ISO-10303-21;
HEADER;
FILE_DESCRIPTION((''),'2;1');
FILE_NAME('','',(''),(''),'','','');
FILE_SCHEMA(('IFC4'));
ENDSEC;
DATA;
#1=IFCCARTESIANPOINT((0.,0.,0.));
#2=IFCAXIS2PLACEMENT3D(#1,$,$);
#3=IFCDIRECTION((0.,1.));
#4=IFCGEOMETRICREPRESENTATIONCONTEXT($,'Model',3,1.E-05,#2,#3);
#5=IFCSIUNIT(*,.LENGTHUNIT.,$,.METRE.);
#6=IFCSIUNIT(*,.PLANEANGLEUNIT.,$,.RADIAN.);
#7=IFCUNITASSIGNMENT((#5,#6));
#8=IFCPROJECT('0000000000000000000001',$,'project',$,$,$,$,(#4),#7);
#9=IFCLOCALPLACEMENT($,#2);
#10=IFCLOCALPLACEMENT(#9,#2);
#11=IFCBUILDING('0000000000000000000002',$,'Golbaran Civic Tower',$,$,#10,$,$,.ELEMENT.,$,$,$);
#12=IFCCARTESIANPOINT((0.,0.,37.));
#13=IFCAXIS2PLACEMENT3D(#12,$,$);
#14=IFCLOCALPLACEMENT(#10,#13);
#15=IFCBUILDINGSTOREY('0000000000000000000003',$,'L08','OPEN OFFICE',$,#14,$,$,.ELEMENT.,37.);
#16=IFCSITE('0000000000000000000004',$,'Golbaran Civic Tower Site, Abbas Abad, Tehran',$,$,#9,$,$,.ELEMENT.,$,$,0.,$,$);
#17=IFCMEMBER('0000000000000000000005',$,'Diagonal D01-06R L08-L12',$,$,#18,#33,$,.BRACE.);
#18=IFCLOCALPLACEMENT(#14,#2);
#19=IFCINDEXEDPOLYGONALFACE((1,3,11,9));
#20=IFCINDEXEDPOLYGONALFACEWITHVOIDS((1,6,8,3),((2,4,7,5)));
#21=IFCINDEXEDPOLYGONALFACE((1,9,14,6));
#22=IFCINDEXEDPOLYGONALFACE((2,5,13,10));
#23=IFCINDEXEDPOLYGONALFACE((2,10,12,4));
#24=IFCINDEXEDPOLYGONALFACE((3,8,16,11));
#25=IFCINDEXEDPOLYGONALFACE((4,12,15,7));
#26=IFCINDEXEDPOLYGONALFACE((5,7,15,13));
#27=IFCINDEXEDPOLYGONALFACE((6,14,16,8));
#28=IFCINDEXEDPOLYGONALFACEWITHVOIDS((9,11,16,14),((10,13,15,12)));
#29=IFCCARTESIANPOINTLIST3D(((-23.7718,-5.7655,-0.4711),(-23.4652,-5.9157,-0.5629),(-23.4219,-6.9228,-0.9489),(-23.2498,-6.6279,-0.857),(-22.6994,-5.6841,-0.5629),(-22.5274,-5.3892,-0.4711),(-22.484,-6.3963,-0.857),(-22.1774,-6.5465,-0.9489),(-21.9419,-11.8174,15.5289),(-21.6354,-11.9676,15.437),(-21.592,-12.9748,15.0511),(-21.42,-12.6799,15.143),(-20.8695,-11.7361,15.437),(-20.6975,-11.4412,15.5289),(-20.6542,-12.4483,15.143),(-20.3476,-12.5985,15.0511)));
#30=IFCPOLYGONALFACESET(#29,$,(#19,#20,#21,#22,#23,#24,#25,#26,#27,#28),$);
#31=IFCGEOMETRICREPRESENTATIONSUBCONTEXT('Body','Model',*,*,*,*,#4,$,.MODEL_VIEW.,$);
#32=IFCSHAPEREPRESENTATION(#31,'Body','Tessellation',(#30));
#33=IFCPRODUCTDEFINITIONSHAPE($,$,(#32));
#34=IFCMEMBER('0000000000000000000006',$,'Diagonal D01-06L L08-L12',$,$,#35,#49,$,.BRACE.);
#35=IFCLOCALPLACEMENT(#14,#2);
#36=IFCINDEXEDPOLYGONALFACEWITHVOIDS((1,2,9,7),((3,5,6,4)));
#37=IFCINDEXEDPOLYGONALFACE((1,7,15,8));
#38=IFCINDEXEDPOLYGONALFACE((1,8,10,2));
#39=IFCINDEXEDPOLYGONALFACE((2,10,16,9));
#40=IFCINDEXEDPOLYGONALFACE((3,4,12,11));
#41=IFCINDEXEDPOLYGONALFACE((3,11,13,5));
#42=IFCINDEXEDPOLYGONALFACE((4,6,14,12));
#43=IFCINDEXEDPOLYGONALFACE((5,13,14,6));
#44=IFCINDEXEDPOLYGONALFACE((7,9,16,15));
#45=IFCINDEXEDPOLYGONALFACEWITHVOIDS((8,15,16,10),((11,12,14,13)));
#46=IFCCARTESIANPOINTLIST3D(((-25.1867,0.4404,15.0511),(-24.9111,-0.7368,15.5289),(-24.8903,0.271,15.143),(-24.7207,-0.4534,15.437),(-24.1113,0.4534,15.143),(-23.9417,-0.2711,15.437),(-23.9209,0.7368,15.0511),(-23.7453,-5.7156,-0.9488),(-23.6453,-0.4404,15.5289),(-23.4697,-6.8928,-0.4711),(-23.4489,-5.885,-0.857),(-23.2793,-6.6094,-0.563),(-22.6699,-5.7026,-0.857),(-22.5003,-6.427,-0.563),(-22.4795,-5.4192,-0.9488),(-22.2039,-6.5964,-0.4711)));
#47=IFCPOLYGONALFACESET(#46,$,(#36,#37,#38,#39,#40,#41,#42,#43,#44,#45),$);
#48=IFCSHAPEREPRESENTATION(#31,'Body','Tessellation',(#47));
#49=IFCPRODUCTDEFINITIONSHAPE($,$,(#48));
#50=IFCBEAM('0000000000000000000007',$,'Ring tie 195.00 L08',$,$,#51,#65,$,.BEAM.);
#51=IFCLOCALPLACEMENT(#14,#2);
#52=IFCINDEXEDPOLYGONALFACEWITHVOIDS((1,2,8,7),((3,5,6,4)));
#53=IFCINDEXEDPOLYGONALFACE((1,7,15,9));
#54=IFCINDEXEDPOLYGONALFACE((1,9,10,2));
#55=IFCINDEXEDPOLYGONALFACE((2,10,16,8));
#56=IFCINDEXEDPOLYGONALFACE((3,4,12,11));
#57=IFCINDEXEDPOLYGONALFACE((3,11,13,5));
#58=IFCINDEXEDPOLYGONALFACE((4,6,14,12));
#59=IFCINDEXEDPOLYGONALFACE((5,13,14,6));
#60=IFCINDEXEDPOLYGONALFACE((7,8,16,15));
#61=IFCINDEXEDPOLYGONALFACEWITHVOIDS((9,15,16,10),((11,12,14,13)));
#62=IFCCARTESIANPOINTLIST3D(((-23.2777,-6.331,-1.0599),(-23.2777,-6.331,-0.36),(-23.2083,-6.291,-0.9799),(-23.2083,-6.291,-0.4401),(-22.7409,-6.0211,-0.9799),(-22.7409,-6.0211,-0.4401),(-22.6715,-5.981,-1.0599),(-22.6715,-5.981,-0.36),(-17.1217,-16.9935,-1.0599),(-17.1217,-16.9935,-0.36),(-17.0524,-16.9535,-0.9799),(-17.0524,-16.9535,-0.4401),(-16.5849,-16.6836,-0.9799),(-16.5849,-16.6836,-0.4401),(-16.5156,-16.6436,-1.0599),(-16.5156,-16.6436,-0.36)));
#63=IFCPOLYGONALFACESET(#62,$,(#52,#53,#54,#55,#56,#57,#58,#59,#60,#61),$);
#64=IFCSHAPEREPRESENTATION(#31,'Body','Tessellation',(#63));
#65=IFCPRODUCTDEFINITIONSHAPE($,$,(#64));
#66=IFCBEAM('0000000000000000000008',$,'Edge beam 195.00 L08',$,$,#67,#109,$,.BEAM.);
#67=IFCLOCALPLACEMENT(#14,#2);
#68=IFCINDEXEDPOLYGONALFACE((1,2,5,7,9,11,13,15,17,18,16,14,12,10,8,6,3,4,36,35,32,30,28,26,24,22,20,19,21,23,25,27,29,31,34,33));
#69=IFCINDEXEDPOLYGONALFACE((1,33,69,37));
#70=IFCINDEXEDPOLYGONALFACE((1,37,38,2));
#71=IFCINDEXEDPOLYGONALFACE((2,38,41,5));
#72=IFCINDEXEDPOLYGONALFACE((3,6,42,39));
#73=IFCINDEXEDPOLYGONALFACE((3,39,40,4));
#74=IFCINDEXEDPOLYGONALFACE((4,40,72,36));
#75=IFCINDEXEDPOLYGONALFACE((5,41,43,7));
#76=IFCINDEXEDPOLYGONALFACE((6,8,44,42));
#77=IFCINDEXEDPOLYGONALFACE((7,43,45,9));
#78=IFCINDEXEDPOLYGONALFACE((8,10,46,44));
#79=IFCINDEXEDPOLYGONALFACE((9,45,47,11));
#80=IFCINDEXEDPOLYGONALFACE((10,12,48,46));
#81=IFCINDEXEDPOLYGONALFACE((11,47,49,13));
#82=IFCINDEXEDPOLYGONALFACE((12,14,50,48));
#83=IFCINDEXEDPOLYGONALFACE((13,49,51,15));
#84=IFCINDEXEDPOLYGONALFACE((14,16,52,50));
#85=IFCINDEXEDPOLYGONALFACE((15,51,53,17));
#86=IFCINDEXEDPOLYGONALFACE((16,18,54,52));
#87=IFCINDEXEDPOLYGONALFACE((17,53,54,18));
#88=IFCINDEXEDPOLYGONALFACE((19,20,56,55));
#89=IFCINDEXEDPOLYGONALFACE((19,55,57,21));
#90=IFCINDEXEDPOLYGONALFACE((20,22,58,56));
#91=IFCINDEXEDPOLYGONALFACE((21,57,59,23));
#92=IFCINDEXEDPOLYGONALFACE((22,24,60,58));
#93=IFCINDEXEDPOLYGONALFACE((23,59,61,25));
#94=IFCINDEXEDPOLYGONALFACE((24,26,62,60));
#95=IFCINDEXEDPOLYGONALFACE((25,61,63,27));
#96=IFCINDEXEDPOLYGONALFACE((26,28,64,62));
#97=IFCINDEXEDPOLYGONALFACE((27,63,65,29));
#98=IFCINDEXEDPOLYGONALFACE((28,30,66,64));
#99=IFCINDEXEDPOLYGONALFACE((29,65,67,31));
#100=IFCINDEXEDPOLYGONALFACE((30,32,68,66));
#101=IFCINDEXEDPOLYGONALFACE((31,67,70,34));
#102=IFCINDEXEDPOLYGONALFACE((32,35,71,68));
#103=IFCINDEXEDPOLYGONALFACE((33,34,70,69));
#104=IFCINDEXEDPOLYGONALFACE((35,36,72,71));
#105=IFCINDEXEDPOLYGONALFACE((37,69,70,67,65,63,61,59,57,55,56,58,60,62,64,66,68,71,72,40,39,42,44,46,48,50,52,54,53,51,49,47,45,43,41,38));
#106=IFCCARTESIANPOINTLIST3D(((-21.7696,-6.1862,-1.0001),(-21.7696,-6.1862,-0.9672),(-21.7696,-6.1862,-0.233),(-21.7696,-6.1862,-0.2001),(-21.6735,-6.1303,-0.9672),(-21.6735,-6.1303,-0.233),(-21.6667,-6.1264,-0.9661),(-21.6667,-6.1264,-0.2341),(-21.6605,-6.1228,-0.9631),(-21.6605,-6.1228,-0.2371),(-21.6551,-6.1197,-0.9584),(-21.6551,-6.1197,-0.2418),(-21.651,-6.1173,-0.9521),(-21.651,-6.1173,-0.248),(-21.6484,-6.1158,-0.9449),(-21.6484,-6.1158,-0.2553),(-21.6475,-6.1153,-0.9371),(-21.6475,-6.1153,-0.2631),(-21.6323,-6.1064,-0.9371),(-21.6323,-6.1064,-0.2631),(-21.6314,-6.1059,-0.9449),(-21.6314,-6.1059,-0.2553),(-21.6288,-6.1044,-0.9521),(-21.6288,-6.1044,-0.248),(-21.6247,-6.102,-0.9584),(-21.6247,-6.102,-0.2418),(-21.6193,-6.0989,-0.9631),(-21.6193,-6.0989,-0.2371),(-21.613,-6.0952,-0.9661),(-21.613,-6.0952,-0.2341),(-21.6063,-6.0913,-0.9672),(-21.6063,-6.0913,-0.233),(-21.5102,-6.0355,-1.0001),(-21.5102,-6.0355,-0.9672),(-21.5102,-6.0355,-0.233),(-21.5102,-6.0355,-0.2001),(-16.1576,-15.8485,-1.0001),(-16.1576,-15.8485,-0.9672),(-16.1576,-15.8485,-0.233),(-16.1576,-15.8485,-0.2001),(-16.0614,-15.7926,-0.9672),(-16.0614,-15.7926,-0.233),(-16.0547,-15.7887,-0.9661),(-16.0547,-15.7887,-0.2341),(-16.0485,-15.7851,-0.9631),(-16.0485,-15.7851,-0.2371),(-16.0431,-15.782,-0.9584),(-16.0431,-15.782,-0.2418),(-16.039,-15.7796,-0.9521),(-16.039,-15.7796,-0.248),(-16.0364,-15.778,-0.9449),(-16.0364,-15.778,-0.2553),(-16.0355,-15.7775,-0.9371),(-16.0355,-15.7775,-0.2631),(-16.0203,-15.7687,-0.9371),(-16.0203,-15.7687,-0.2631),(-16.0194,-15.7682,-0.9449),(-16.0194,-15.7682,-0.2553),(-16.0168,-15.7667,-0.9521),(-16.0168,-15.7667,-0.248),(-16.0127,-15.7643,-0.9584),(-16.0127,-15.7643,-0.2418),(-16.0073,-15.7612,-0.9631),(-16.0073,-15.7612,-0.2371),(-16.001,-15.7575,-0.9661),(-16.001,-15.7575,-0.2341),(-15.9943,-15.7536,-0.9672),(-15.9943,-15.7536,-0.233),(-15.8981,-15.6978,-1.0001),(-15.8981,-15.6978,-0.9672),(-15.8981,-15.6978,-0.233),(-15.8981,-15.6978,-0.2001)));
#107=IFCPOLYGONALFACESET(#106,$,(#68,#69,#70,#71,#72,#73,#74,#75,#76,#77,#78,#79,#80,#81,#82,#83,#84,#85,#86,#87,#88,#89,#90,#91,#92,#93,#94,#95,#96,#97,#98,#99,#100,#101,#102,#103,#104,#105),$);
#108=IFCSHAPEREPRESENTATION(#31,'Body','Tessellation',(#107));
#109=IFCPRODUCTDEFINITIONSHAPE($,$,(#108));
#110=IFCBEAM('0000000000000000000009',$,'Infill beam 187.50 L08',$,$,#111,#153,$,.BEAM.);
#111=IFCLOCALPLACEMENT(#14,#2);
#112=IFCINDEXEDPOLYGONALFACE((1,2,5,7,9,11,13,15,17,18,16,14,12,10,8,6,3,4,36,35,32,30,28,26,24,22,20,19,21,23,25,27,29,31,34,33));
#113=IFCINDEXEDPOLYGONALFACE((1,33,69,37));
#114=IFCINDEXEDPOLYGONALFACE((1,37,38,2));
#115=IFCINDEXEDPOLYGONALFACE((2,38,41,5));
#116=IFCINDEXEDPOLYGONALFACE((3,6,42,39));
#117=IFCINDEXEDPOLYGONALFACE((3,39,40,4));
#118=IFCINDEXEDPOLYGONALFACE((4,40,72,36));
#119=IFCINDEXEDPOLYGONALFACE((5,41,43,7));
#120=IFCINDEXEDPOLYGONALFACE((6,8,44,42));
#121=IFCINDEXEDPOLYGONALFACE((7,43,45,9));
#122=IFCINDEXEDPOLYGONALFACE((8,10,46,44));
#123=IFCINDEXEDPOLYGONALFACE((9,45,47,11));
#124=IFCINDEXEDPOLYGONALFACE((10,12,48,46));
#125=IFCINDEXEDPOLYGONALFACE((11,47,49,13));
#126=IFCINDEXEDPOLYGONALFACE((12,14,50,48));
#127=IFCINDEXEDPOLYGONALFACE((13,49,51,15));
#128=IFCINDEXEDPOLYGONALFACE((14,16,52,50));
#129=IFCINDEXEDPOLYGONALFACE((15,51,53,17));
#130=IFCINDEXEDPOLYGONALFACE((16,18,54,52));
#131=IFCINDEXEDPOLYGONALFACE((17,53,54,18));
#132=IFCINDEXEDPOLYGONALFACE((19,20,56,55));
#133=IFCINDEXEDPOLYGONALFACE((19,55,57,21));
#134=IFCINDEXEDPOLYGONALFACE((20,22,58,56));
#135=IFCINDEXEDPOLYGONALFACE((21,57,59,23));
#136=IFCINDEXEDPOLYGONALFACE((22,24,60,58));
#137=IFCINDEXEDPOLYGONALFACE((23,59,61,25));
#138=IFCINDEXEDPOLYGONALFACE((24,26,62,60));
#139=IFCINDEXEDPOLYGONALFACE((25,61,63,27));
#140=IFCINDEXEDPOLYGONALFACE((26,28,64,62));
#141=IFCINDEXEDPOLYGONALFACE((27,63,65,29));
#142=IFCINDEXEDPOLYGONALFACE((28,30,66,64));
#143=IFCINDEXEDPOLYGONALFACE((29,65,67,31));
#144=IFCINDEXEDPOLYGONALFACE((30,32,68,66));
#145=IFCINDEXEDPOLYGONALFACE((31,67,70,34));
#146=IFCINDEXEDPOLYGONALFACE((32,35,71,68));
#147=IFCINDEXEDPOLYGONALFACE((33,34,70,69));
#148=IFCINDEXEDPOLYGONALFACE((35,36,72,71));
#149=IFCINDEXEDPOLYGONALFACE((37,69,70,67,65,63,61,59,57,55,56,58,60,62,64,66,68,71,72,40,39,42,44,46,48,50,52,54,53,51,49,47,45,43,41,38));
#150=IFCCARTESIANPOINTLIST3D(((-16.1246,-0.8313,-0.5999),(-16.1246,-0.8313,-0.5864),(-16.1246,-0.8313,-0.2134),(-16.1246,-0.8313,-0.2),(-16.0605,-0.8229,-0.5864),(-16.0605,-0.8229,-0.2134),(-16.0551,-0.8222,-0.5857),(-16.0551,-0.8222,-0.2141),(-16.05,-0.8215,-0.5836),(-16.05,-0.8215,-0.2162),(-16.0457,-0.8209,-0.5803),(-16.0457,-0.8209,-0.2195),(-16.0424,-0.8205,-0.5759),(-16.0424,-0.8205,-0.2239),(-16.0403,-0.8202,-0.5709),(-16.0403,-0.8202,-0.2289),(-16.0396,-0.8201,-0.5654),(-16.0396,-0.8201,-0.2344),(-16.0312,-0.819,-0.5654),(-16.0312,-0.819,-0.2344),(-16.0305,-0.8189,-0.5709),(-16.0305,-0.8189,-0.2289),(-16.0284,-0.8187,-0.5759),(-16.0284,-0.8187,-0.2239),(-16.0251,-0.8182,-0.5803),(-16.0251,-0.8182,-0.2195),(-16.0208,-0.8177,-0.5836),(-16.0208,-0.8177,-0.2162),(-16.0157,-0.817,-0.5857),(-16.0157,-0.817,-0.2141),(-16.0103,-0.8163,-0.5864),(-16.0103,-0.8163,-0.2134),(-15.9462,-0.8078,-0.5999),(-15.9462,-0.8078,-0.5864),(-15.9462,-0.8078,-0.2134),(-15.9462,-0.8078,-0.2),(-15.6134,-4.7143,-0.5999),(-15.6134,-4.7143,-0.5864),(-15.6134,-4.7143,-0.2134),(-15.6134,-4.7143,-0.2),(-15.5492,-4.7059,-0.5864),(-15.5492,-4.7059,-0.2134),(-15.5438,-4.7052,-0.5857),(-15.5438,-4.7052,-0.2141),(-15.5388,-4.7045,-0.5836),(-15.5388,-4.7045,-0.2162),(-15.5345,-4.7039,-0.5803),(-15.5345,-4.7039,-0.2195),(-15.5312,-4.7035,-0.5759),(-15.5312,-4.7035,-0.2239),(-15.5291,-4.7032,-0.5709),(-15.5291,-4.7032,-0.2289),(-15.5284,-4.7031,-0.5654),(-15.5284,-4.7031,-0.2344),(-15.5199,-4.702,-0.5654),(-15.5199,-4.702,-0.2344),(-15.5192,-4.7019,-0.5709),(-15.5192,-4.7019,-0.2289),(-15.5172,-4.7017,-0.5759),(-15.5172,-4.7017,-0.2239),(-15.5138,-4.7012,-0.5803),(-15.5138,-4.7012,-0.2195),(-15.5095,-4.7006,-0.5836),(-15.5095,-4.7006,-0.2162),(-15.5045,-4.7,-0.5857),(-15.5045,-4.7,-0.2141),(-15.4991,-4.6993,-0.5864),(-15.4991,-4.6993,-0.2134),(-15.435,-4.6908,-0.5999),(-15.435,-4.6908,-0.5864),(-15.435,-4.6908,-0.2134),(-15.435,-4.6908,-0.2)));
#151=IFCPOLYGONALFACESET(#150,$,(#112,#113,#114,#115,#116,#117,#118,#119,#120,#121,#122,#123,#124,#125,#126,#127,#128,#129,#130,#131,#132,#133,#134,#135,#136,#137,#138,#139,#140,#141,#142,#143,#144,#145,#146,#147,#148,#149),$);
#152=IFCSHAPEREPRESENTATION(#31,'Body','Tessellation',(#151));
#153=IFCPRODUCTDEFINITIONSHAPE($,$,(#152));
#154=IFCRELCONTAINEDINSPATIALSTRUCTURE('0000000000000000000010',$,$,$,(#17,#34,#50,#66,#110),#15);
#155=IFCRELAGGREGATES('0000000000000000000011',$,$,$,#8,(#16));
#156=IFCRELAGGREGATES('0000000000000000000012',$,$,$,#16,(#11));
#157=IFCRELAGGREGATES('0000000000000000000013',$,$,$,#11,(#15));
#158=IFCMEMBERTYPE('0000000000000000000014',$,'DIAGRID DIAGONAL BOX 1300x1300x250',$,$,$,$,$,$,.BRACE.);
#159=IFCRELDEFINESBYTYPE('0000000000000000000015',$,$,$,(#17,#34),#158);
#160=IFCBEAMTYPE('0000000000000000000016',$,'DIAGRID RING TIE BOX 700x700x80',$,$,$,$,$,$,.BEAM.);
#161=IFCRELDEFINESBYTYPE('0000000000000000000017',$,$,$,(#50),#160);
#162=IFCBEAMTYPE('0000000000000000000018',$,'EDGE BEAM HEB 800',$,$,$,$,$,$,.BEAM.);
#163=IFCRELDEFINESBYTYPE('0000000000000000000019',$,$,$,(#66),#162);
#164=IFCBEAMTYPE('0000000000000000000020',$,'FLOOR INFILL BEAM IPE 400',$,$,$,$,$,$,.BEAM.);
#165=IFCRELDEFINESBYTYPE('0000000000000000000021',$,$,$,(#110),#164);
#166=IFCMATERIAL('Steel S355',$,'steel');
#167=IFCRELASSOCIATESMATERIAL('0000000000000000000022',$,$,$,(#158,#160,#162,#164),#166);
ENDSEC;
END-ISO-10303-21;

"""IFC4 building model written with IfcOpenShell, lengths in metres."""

from ifc_helpers import new_model, si_unit, direction, frame, origin, origin_2d, place, context, subcontext, project, spatial, hollow_rectangle, i_section, extrude, material, material_profile, profile_set, type_object, element, save


model = new_model("IFC4")

# Units and contexts
model_context = context("Model", 3, precision=1e-05, world=origin(), true_north=direction((0.0, 1.0)))
body_context = subcontext(model_context, "Body", "Model", "MODEL_VIEW")
ifc_project = project(units=[si_unit("LENGTHUNIT", "METRE"), si_unit("PLANEANGLEUNIT", "RADIAN")], contexts=[model_context])

# Site, building, storey
site_placement = place(None, origin())
site = spatial("IfcSite", under=ifc_project, at=site_placement, Name="Golbaran Civic Tower Site, Abbas Abad, Tehran", CompositionType="ELEMENT", RefElevation=0.0)
building_placement = place(site_placement, origin())
building = spatial("IfcBuilding", under=site, at=building_placement, Name="Golbaran Civic Tower", CompositionType="ELEMENT")
storey_placement = place(building_placement, frame((0.0, 0.0, 37.0)))
storey = spatial("IfcBuildingStorey", under=building, at=storey_placement, Name="L08", Description="OPEN OFFICE", CompositionType="ELEMENT", Elevation=37.0)

# Members
ifc_material_1 = material(Name="Steel S355", Category="steel")
ifc_material_profile_1 = material_profile(ifc_material_1, hollow_rectangle(XDim=1.3, YDim=1.3, WallThickness=0.25, at=origin_2d()), Name="BOX 1300x1300x250")
ifc_profile_set_1 = profile_set([ifc_material_profile_1], Name="Steel S355")
member_type_1 = type_object("IfcMemberType", Name="DIAGRID DIAGONAL BOX 1300x1300x250", PredefinedType="BRACE", material=ifc_profile_set_1)
for number, where, z_axis, x_axis, name in (
    (1, (-22.9746, -6.156, -0.71), (0.106361, -0.35178, 0.93002), (0.957204, 0.289413, 0.0), "Diagonal D01-06R L08-L12"),
    (2, (-22.9746, -6.156, -0.71), (-0.083784, 0.357826, 0.930022), (-0.973666, -0.22798, 0.0), "Diagonal D01-06L L08-L12"),
):
    element("IfcMember", number, at=place(storey_placement, frame(where, z_axis=z_axis, x_axis=x_axis)), inside=storey, type_object=member_type_1, Name=name, PredefinedType="BRACE", context=body_context, shape_type="SweptSolid", body=[
        extrude(hollow_rectangle(XDim=1.3, YDim=1.3, WallThickness=0.25, at=origin_2d()), origin(), (0.0, 0.0, 1.0), 17.2039),
    ])

# Beams
ifc_material_profile_2 = material_profile(ifc_material_1, hollow_rectangle(XDim=0.7, YDim=0.7, WallThickness=0.0801, at=origin_2d()), Name="BOX 700x700x80")
ifc_profile_set_2 = profile_set([ifc_material_profile_2], Name="Steel S355")
beam_type_1 = type_object("IfcBeamType", Name="DIAGRID RING TIE BOX 700x700x80", PredefinedType="BEAM", material=ifc_profile_set_2)
beam_1_placement = place(storey_placement, frame((-22.9746, -6.156, -0.71), z_axis=(0.499997, -0.866027, 0.0), x_axis=(0.866027, 0.499997, 0.0)))
element("IfcBeam", 3, at=beam_1_placement, inside=storey, type_object=beam_type_1, Name="Ring tie 195.00 L08", PredefinedType="BEAM", context=body_context, shape_type="SweptSolid", body=[
    extrude(hollow_rectangle(XDim=0.7, YDim=0.7, WallThickness=0.0801, at=origin_2d()), origin(), (0.0, 0.0, 1.0), 12.312),
])
ifc_material_profile_3 = material_profile(ifc_material_1, i_section(OverallWidth=0.3, OverallDepth=0.8, WebThickness=0.0176, FlangeThickness=0.033, FilletRadius=0.03, at=origin_2d()), Name="HEB 800")
ifc_profile_set_3 = profile_set([ifc_material_profile_3], Name="Steel S355")
beam_type_2 = type_object("IfcBeamType", Name="EDGE BEAM HEB 800", PredefinedType="BEAM", material=ifc_profile_set_3)
beam_2_placement = place(storey_placement, frame((-21.6399, -6.1108, -0.6001), z_axis=(0.502247, -0.864724, 0.0), x_axis=(0.864724, 0.502247, 0.0)))
element("IfcBeam", 4, at=beam_2_placement, inside=storey, type_object=beam_type_2, Name="Edge beam 195.00 L08", PredefinedType="BEAM", context=body_context, shape_type="SweptSolid", body=[
    extrude(i_section(OverallWidth=0.3, OverallDepth=0.8, WebThickness=0.0176, FlangeThickness=0.033, FilletRadius=0.03, at=origin_2d()), origin(), (0.0, 0.0, 1.0), 11.1738),
])
ifc_material_profile_4 = material_profile(ifc_material_1, i_section(OverallWidth=0.1799, OverallDepth=0.3999, WebThickness=0.0085, FlangeThickness=0.0134, FilletRadius=0.021, at=origin_2d()), Name="IPE 400")
ifc_profile_set_4 = profile_set([ifc_material_profile_4], Name="Steel S355")
beam_type_3 = type_object("IfcBeamType", Name="FLOOR INFILL BEAM IPE 400", PredefinedType="BEAM", material=ifc_profile_set_4)
beam_3_placement = place(storey_placement, frame((-16.0354, -0.8196, -0.3999), z_axis=(0.13053, -0.991444, 0.0), x_axis=(0.991444, 0.13053, 0.0)))
element("IfcBeam", 5, at=beam_3_placement, inside=storey, type_object=beam_type_3, Name="Infill beam 187.50 L08", PredefinedType="BEAM", context=body_context, shape_type="SweptSolid", body=[
    extrude(i_section(OverallWidth=0.1799, OverallDepth=0.3999, WebThickness=0.0085, FlangeThickness=0.0134, FilletRadius=0.021, at=origin_2d()), origin(), (0.0, 0.0, 1.0), 3.9165),
])

save(model, "model.ifc")
